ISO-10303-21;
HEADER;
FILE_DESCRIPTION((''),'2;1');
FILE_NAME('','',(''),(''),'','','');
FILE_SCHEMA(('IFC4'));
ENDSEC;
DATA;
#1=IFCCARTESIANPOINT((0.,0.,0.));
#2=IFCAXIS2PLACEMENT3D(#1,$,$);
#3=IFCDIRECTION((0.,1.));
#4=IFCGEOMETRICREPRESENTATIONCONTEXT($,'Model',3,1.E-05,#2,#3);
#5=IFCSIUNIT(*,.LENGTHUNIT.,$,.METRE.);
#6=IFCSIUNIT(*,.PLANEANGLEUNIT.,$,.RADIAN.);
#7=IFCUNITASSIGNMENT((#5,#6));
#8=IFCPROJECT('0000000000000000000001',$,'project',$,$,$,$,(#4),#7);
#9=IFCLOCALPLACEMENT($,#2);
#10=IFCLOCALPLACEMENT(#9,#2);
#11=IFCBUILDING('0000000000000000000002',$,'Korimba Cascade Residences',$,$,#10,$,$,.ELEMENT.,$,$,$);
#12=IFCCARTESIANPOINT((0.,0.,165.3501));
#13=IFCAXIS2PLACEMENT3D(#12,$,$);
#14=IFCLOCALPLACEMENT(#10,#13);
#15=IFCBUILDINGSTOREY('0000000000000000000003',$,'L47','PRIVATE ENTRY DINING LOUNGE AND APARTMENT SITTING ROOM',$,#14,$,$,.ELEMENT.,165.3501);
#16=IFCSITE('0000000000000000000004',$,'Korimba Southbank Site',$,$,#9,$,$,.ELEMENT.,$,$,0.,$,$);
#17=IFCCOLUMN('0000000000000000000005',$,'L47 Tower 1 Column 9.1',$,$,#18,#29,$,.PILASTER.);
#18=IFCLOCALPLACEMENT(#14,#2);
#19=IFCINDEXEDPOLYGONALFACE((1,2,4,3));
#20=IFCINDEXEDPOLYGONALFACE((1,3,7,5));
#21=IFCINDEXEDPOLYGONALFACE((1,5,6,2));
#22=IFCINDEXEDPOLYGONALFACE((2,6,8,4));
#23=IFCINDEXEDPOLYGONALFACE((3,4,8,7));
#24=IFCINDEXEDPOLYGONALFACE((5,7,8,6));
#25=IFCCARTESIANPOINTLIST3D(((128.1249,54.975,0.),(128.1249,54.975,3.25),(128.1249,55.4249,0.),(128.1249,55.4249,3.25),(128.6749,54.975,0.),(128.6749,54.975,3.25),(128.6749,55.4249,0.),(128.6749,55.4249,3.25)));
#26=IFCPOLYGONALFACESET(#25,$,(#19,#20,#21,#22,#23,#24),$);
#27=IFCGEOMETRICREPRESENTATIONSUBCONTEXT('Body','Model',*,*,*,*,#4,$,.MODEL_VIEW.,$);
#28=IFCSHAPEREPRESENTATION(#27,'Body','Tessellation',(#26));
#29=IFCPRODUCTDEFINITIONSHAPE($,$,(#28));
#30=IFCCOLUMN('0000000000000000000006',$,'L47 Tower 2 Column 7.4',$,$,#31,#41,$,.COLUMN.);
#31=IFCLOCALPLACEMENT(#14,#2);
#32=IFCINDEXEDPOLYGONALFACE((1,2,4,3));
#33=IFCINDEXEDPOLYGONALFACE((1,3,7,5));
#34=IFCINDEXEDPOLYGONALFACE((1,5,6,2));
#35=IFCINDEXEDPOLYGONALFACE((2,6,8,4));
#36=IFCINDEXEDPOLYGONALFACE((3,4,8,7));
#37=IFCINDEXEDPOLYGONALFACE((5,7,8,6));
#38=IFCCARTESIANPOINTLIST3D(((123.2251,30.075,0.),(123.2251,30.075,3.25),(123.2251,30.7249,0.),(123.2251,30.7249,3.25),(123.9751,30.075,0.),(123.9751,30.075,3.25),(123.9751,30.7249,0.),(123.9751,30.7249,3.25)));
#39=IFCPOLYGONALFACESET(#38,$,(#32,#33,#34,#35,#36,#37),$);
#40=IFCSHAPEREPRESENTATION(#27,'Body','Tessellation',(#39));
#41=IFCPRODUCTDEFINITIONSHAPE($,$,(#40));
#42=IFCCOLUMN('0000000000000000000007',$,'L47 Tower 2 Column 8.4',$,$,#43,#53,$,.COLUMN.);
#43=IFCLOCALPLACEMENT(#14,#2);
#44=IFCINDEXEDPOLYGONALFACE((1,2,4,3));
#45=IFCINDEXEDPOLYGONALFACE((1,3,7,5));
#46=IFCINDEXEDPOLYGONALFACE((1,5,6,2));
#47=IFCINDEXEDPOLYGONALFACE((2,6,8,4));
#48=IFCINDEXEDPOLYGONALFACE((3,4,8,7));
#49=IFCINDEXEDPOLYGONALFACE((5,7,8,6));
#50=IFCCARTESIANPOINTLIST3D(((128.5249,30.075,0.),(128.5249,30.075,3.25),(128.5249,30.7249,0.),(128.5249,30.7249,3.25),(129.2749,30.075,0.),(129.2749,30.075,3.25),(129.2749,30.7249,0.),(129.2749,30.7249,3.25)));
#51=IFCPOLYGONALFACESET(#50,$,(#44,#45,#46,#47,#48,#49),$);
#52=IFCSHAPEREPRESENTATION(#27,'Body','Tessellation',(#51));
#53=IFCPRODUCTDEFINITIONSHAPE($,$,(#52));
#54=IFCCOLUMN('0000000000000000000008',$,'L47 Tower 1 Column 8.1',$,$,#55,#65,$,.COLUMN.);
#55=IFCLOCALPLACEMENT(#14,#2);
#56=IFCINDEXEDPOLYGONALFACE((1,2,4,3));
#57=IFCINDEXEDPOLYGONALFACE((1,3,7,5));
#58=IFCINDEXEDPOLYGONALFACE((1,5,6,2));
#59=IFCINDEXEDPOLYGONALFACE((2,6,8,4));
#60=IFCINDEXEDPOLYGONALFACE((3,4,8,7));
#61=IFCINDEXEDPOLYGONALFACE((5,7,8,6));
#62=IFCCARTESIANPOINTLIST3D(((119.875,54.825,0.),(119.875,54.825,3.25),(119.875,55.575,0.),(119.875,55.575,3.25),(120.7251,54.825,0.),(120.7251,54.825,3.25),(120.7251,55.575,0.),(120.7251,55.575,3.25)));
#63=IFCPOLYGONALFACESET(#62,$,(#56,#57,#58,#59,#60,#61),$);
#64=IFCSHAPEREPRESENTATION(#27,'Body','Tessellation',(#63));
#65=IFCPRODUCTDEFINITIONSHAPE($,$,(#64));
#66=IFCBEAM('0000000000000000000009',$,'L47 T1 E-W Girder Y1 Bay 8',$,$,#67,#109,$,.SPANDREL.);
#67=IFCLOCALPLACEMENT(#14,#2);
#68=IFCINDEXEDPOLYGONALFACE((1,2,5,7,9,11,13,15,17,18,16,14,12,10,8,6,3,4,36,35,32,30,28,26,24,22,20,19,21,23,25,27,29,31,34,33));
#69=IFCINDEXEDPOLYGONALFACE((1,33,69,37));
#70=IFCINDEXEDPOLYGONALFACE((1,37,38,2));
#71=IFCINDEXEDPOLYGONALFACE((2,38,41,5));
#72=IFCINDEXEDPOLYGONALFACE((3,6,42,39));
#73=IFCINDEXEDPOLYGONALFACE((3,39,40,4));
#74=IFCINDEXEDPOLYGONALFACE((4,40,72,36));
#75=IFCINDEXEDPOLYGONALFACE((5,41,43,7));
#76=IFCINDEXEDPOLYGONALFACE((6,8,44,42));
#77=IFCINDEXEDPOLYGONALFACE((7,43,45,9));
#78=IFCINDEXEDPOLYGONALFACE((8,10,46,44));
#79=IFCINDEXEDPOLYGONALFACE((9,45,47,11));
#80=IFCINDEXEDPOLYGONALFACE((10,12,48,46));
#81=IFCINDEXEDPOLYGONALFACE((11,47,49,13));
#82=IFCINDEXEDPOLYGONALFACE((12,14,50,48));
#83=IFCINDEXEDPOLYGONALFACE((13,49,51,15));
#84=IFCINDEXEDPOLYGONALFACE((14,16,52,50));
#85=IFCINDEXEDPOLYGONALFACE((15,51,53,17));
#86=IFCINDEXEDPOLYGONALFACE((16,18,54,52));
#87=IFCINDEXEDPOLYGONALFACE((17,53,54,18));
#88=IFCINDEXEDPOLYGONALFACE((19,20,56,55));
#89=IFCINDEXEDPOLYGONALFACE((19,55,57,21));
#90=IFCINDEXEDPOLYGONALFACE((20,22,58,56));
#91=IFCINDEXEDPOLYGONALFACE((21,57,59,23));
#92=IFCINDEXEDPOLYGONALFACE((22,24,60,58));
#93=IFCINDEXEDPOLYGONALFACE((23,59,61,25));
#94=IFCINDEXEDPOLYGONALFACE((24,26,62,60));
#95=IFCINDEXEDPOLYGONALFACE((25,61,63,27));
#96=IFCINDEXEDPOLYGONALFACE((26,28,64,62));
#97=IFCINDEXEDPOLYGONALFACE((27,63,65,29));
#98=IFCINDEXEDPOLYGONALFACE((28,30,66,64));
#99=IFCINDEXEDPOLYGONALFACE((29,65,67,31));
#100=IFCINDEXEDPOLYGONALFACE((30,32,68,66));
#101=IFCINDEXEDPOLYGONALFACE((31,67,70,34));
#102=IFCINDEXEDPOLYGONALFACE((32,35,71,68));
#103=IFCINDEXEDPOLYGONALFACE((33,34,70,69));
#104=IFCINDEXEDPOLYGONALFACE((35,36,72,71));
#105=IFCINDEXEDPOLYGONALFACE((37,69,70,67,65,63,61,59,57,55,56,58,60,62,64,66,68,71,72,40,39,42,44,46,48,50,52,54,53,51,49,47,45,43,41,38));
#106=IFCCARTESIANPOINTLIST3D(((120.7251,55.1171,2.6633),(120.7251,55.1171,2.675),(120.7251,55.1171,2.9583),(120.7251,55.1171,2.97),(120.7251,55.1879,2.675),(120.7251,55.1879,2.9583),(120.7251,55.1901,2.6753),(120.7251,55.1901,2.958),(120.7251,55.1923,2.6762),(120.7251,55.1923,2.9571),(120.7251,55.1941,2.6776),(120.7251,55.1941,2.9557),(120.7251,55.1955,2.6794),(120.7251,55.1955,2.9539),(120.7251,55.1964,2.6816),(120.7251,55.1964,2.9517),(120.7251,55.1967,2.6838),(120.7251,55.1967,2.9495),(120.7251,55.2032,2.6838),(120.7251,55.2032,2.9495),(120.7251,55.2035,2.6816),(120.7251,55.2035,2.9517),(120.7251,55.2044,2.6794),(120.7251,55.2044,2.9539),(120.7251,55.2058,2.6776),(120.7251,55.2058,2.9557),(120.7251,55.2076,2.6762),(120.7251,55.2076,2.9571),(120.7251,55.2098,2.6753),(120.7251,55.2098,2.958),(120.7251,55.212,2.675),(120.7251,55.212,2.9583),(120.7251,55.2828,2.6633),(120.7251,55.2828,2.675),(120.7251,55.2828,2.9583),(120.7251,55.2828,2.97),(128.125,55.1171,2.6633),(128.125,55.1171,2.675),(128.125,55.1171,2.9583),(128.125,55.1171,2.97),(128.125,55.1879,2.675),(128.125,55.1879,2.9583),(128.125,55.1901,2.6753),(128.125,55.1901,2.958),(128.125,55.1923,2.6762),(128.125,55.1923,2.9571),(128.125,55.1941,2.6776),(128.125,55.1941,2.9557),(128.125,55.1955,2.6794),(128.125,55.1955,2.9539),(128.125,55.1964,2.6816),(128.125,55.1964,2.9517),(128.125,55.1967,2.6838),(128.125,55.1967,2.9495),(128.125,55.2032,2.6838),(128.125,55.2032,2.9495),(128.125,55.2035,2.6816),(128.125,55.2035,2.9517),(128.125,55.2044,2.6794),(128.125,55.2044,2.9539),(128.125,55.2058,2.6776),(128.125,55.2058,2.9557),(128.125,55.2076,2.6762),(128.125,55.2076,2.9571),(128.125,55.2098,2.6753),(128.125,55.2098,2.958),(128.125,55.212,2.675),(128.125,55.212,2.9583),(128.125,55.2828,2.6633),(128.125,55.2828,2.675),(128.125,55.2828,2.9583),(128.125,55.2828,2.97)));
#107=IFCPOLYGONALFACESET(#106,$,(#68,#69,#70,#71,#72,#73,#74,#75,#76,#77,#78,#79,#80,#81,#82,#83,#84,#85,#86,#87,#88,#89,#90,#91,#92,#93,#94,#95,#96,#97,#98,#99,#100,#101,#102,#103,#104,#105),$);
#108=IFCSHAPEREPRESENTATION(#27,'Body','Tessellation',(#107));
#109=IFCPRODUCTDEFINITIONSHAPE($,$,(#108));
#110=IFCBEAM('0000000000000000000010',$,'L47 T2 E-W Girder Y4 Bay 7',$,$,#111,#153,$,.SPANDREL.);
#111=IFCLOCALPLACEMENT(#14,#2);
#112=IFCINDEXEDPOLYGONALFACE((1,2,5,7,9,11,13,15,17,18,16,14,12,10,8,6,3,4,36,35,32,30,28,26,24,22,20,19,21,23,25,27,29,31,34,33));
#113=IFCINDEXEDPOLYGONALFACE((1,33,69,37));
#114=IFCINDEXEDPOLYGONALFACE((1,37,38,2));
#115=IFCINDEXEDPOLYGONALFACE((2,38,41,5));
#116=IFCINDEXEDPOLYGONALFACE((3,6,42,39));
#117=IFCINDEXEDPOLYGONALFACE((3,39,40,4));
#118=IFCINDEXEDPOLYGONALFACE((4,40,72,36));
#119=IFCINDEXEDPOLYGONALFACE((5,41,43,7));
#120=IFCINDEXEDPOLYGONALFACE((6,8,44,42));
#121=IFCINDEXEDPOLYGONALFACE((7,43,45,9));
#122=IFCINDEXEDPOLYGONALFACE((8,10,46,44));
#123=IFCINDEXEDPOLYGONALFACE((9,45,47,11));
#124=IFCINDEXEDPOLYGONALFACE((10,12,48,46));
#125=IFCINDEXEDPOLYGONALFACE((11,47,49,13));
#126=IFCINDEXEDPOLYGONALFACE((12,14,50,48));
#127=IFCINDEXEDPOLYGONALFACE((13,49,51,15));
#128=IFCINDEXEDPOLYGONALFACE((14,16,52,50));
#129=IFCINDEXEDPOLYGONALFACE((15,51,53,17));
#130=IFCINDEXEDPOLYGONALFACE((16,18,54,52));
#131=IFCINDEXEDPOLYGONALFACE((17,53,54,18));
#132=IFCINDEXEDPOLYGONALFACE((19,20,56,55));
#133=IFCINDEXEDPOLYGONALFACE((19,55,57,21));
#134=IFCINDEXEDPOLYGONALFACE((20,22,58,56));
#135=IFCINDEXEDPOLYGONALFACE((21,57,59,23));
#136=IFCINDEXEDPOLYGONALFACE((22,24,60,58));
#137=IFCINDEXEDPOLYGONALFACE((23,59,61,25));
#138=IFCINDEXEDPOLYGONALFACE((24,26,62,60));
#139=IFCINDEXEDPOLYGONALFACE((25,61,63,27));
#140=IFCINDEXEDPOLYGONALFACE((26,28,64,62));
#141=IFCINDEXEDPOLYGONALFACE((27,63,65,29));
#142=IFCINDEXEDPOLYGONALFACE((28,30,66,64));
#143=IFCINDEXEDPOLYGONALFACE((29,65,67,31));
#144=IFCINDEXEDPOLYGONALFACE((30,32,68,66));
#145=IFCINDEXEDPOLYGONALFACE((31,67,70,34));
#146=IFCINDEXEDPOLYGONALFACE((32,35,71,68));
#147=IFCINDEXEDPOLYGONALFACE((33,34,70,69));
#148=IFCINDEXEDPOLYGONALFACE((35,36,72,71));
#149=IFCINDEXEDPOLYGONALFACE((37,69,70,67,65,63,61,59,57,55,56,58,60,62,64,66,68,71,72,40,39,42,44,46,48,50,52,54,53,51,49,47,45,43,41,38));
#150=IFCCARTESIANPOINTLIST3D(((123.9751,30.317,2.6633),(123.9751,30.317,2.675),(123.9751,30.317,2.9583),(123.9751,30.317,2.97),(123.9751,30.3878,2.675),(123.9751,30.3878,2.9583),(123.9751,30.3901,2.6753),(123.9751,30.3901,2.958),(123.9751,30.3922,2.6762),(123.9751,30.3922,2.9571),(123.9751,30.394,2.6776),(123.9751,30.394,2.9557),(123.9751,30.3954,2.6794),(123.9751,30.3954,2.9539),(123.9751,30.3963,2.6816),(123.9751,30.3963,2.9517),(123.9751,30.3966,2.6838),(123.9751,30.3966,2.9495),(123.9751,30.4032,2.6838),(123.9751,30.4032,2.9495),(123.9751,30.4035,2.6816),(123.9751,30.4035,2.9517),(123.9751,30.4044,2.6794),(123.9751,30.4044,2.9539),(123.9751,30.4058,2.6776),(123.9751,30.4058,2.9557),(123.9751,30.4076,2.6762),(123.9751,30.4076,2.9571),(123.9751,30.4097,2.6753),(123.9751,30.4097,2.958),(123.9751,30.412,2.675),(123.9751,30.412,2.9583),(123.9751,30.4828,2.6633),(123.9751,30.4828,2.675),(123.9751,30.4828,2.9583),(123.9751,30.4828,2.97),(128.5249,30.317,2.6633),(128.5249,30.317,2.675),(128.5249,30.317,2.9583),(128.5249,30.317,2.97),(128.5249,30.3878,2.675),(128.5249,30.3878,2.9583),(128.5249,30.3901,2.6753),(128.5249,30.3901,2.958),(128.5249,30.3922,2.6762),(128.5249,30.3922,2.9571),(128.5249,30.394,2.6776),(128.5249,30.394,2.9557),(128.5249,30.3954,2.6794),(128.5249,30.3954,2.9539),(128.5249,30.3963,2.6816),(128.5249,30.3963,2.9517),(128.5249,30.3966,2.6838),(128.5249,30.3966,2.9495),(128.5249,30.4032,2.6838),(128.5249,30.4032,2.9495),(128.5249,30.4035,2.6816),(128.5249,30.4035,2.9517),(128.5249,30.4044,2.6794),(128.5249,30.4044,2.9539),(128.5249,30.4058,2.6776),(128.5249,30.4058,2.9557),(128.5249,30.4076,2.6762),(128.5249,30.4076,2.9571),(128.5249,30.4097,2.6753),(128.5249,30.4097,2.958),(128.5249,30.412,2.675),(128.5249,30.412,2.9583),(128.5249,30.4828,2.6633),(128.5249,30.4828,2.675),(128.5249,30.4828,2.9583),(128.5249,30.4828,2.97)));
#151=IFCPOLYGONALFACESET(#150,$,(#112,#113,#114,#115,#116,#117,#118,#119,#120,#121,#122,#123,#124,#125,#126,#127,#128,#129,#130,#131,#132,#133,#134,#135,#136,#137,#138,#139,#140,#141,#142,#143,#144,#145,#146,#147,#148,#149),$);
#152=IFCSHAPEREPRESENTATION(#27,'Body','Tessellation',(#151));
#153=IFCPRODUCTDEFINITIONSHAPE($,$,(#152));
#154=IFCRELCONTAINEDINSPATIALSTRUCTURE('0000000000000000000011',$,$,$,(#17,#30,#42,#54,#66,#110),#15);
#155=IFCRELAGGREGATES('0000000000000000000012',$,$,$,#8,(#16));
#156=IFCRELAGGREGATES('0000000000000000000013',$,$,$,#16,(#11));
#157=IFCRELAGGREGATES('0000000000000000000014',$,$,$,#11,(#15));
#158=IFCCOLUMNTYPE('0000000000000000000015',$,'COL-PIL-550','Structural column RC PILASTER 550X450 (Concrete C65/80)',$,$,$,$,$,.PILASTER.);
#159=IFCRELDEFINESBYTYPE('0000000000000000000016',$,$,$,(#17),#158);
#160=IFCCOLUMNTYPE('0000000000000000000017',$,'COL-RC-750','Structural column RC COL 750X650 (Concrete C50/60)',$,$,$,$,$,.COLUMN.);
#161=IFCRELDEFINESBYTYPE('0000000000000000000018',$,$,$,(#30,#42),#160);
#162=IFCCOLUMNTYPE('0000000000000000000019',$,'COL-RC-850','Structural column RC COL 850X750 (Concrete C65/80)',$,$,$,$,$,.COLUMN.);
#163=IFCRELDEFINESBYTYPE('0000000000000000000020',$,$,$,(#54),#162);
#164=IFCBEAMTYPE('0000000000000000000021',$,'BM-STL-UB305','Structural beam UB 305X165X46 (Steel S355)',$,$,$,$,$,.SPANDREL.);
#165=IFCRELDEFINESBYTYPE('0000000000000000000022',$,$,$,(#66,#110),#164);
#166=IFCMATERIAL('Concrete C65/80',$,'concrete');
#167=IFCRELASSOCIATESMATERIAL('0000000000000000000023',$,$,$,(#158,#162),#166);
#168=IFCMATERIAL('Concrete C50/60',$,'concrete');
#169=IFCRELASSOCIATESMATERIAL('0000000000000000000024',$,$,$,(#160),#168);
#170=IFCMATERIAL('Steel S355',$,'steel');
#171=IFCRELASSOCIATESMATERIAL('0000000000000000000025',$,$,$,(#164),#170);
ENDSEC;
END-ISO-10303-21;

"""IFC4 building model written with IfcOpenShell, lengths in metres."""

from ifc_helpers import new_model, si_unit, direction, frame, origin, origin_2d, place, context, subcontext, project, spatial, rectangle, i_section, extrude, material, material_profile, profile_set, type_object, element, save


model = new_model("IFC4")

# Units and contexts
model_context = context("Model", 3, precision=1e-05, world=origin(), true_north=direction((0.0, 1.0)))
body_context = subcontext(model_context, "Body", "Model", "MODEL_VIEW")
ifc_project = project(units=[si_unit("LENGTHUNIT", "METRE"), si_unit("PLANEANGLEUNIT", "RADIAN")], contexts=[model_context])

# Site, building, storey
site_placement = place(None, origin())
site = spatial("IfcSite", under=ifc_project, at=site_placement, Name="Korimba Southbank Site", CompositionType="ELEMENT", RefElevation=0.0)
building_placement = place(site_placement, origin())
building = spatial("IfcBuilding", under=site, at=building_placement, Name="Korimba Cascade Residences", CompositionType="ELEMENT")
storey_placement = place(building_placement, frame((0.0, 0.0, 165.3501)))
storey = spatial("IfcBuildingStorey", under=building, at=storey_placement, Name="L47", Description="PRIVATE ENTRY DINING LOUNGE AND APARTMENT SITTING ROOM", CompositionType="ELEMENT", Elevation=165.3501)

# Columns
ifc_material_1 = material(Name="Concrete C65/80", Category="concrete")
ifc_material_profile_1 = material_profile(ifc_material_1, rectangle(XDim=0.55, YDim=0.45, at=origin_2d()), Name="Concrete C65/80")
ifc_profile_set_1 = profile_set([ifc_material_profile_1], Name="Concrete C65/80")
column_type_1 = type_object("IfcColumnType", Name="COL-PIL-550", Description="Structural column RC PILASTER 550X450 (Concrete C65/80)", PredefinedType="PILASTER", material=ifc_profile_set_1)
column_1_placement = place(storey_placement, frame((128.3999, 55.2, 0.0), z_axis=(0.0, 0.0, 1.0), x_axis=(1.0, 0.0, 0.0)))
element("IfcColumn", 1, at=column_1_placement, inside=storey, type_object=column_type_1, Name="L47 Tower 1 Column 9.1", PredefinedType="PILASTER", context=body_context, shape_type="SweptSolid", body=[
    extrude(rectangle(XDim=0.55, YDim=0.45, at=origin_2d()), origin(), (0.0, 0.0, 1.0), 3.25),
])
ifc_material_2 = material(Name="Concrete C50/60", Category="concrete")
ifc_material_profile_2 = material_profile(ifc_material_2, rectangle(XDim=0.75, YDim=0.6499, at=origin_2d()), Name="Concrete C50/60")
ifc_profile_set_2 = profile_set([ifc_material_profile_2], Name="Concrete C50/60")
column_type_2 = type_object("IfcColumnType", Name="COL-RC-750", Description="Structural column RC COL 750X650 (Concrete C50/60)", PredefinedType="COLUMN", material=ifc_profile_set_2)
for number, where, z_axis, x_axis, name in (
    (2, (123.6001, 30.3999, 0.0), (0.0, 0.0, 1.0), (1.0, 0.0, 0.0), "L47 Tower 2 Column 7.4"),
    (3, (128.8999, 30.3999, 0.0), (0.0, 0.0, 1.0), (1.0, 0.0, 0.0), "L47 Tower 2 Column 8.4"),
):
    element("IfcColumn", number, at=place(storey_placement, frame(where, z_axis=z_axis, x_axis=x_axis)), inside=storey, type_object=column_type_2, Name=name, PredefinedType="COLUMN", context=body_context, shape_type="SweptSolid", body=[
        extrude(rectangle(XDim=0.75, YDim=0.6499, at=origin_2d()), origin(), (0.0, 0.0, 1.0), 3.25),
    ])
ifc_material_profile_3 = material_profile(ifc_material_1, rectangle(XDim=0.8501, YDim=0.75, at=origin_2d()), Name="Concrete C65/80")
ifc_profile_set_3 = profile_set([ifc_material_profile_3], Name="Concrete C65/80")
column_type_3 = type_object("IfcColumnType", Name="COL-RC-850", Description="Structural column RC COL 850X750 (Concrete C65/80)", PredefinedType="COLUMN", material=ifc_profile_set_3)
column_2_placement = place(storey_placement, frame((120.3, 55.2, 0.0), z_axis=(0.0, 0.0, 1.0), x_axis=(1.0, 0.0, 0.0)))
element("IfcColumn", 4, at=column_2_placement, inside=storey, type_object=column_type_3, Name="L47 Tower 1 Column 8.1", PredefinedType="COLUMN", context=body_context, shape_type="SweptSolid", body=[
    extrude(rectangle(XDim=0.8501, YDim=0.75, at=origin_2d()), origin(), (0.0, 0.0, 1.0), 3.25),
])

# Beams
ifc_material_3 = material(Name="Steel S355", Category="steel")
ifc_material_profile_4 = material_profile(ifc_material_3, i_section(OverallWidth=0.1658, OverallDepth=0.3066, WebThickness=0.0066, FlangeThickness=0.0117, FilletRadius=0.0088, at=origin_2d()), Name="Steel S355")
ifc_profile_set_4 = profile_set([ifc_material_profile_4], Name="Steel S355")
beam_type_1 = type_object("IfcBeamType", Name="BM-STL-UB305", Description="Structural beam UB 305X165X46 (Steel S355)", PredefinedType="SPANDREL", material=ifc_profile_set_4)
beam_1_placement = place(storey_placement, frame((120.7251, 55.2, 2.8167), z_axis=(1.0, 0.0, 0.0), x_axis=(0.0, 1.0, 0.0)))
element("IfcBeam", 5, at=beam_1_placement, inside=storey, type_object=beam_type_1, Name="L47 T1 E-W Girder Y1 Bay 8", PredefinedType="SPANDREL", context=body_context, shape_type="SweptSolid", body=[
    extrude(i_section(OverallWidth=0.1658, OverallDepth=0.3066, WebThickness=0.0066, FlangeThickness=0.0117, FilletRadius=0.0088, at=origin_2d()), origin(), (0.0, 0.0, 1.0), 7.3999),
])
beam_2_placement = place(storey_placement, frame((123.9751, 30.3999, 2.8167), z_axis=(1.0, 0.0, 0.0), x_axis=(0.0, 1.0, 0.0)))
element("IfcBeam", 6, at=beam_2_placement, inside=storey, type_object=beam_type_1, Name="L47 T2 E-W Girder Y4 Bay 7", PredefinedType="SPANDREL", context=body_context, shape_type="SweptSolid", body=[
    extrude(i_section(OverallWidth=0.1658, OverallDepth=0.3066, WebThickness=0.0066, FlangeThickness=0.0117, FilletRadius=0.0088, at=origin_2d()), origin(), (0.0, 0.0, 1.0), 4.5498),
])

save(model, "model.ifc")
